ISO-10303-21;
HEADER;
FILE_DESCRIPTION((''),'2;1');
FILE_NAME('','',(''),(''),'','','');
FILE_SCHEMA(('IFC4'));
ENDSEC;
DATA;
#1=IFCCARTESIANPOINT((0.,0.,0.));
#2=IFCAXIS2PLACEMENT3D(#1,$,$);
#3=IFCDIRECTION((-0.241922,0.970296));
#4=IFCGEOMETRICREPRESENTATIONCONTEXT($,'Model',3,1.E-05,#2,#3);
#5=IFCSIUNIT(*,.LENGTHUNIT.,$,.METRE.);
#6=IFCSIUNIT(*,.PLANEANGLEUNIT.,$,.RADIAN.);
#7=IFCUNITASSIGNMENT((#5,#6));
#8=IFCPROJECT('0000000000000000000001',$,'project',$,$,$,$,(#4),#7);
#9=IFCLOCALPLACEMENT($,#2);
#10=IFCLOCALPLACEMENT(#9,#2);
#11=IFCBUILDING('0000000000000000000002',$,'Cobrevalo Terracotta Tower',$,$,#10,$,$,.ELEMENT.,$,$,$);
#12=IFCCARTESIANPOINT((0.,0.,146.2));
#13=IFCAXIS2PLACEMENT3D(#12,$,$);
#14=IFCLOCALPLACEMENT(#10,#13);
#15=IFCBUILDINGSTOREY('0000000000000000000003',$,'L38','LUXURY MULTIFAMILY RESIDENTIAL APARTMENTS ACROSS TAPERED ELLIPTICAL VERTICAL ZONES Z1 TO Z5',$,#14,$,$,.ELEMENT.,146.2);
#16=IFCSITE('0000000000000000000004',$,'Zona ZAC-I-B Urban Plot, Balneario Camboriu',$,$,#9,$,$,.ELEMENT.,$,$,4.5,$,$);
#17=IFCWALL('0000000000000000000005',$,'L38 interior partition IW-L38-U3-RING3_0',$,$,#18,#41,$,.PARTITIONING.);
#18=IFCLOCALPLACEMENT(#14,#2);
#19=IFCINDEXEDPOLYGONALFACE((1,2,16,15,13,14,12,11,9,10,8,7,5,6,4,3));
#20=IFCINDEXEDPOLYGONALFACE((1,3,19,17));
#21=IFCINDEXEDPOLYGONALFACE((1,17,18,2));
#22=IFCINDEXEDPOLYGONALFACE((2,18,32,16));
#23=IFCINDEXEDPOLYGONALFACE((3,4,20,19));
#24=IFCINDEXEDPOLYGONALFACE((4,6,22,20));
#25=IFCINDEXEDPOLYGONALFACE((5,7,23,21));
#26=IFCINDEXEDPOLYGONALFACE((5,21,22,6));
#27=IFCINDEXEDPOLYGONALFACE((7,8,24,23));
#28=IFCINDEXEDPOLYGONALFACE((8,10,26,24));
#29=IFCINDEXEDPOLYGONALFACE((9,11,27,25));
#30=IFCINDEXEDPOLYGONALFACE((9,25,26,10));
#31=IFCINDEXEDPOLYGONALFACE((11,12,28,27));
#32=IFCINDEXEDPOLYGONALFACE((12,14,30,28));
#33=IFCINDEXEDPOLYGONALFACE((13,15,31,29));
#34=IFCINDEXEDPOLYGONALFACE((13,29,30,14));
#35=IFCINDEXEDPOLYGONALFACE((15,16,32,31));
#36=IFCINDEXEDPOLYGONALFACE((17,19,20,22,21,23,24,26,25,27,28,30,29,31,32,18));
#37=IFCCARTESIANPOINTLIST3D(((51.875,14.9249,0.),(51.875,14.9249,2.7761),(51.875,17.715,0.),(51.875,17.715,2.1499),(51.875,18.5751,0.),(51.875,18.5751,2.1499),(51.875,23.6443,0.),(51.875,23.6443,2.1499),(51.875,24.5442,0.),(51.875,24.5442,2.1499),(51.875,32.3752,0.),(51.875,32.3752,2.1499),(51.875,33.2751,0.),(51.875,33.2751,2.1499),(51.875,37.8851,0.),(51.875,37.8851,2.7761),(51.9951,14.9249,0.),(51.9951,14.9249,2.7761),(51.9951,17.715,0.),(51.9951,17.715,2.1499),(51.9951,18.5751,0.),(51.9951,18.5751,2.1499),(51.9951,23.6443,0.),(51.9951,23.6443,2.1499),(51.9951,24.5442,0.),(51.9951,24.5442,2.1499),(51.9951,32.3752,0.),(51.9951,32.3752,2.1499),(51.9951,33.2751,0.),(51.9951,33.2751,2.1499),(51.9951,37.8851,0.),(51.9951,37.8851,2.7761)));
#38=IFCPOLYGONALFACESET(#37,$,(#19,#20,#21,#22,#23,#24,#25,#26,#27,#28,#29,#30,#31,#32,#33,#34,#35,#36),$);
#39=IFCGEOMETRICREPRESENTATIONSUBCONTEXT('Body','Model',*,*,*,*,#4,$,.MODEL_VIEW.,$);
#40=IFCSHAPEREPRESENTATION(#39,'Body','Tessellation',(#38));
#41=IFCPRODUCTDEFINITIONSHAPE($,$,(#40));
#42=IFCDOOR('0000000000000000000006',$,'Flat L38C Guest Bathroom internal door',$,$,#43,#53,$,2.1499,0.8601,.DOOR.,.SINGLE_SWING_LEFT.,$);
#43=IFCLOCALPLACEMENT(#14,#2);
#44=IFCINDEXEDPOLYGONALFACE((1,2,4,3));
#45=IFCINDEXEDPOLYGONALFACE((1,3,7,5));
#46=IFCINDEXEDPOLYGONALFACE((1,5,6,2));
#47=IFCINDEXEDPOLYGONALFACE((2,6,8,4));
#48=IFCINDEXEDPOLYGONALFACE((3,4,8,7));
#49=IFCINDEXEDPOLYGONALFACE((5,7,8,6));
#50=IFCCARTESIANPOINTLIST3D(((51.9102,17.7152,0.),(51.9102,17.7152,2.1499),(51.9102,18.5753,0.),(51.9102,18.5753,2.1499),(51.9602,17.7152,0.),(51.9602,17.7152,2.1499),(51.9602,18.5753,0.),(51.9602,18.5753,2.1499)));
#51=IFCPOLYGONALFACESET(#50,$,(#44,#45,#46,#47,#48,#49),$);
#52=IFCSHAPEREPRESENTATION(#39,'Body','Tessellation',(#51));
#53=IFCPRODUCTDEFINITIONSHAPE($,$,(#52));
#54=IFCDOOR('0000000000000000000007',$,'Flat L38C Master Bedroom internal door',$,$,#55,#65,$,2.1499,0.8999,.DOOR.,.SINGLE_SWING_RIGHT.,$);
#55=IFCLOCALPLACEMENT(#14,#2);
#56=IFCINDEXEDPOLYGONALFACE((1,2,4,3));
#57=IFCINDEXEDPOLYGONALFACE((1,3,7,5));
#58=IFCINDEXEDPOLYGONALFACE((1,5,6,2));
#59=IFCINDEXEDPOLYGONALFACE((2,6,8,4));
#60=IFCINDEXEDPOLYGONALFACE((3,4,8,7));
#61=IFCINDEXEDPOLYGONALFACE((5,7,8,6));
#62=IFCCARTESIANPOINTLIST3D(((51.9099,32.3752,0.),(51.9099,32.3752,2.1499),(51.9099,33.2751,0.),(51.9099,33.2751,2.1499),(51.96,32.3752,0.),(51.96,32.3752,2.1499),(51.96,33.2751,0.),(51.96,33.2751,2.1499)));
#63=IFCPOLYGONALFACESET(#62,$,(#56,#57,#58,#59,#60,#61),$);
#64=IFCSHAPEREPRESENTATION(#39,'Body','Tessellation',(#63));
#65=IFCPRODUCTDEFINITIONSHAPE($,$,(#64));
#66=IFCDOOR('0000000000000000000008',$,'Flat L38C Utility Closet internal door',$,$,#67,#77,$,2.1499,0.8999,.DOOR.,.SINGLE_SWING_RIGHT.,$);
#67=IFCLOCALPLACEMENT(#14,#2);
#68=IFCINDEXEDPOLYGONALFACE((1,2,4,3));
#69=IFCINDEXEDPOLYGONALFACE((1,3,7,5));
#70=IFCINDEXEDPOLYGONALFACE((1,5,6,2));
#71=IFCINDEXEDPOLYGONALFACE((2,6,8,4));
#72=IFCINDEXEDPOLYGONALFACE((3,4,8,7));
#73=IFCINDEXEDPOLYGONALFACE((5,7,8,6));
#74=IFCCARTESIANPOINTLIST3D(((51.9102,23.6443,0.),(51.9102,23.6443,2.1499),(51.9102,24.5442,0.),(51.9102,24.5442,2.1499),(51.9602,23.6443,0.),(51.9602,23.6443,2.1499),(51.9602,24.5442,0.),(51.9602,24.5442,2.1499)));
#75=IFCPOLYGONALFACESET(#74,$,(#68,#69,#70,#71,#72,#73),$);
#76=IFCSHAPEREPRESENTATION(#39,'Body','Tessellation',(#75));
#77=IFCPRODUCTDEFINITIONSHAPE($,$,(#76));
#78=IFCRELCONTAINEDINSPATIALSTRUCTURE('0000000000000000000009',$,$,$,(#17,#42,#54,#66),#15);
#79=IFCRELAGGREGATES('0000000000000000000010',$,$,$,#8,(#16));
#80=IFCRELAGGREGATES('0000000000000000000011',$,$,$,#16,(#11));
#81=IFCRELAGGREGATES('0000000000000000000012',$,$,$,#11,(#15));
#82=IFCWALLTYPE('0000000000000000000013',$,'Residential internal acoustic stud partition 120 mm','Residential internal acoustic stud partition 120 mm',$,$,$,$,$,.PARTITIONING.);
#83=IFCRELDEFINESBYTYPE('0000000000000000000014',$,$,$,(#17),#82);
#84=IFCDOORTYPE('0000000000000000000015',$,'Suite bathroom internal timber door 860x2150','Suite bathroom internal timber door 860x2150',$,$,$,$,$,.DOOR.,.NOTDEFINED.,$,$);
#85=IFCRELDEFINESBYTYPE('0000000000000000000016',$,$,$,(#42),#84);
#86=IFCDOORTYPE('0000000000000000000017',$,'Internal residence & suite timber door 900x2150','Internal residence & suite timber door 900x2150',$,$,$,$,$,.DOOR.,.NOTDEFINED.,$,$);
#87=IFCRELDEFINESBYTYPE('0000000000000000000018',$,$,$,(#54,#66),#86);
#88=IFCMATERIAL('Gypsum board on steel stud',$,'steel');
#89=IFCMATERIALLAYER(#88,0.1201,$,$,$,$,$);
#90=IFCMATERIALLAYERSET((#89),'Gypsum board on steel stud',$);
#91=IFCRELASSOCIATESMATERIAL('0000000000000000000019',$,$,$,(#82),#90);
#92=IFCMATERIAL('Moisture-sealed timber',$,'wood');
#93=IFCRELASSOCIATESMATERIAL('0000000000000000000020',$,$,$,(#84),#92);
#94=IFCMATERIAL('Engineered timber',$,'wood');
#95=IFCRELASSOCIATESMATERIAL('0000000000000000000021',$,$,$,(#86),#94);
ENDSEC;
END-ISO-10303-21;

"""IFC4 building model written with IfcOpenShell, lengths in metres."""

from ifc_helpers import new_model, si_unit, direction, frame, frame_2d, origin, place, context, subcontext, project, spatial, rectangle, extrude, source, transform, mapped, material, layer, layer_set, type_object, element, fill, save


model = new_model("IFC4")

# Units and contexts
model_context = context("Model", 3, precision=1e-05, world=origin(), true_north=direction((-0.241922, 0.970296)))
body_context = subcontext(model_context, "Body", "Model", "MODEL_VIEW")
ifc_project = project(units=[si_unit("LENGTHUNIT", "METRE"), si_unit("PLANEANGLEUNIT", "RADIAN")], contexts=[model_context])

# Site, building, storey
site_placement = place(None, origin())
site = spatial("IfcSite", under=ifc_project, at=site_placement, Name="Zona ZAC-I-B Urban Plot, Balneario Camboriu", CompositionType="ELEMENT", RefElevation=4.5)
building_placement = place(site_placement, origin())
building = spatial("IfcBuilding", under=site, at=building_placement, Name="Cobrevalo Terracotta Tower", CompositionType="ELEMENT")
storey_placement = place(building_placement, frame((0.0, 0.0, 146.2)))
storey = spatial("IfcBuildingStorey", under=building, at=storey_placement, Name="L38", Description="LUXURY MULTIFAMILY RESIDENTIAL APARTMENTS ACROSS TAPERED ELLIPTICAL VERTICAL ZONES Z1 TO Z5", CompositionType="ELEMENT", Elevation=146.2)

# Wall, openings, doors
ifc_material_1 = material(Name="Gypsum board on steel stud", Category="steel")
ifc_layer_1 = layer(ifc_material_1, 0.1201)
ifc_layer_set_1 = layer_set([ifc_layer_1], Name="Gypsum board on steel stud")
wall_type_1 = type_object("IfcWallType", Name="Residential internal acoustic stud partition 120 mm", Description="Residential internal acoustic stud partition 120 mm", PredefinedType="PARTITIONING", material=ifc_layer_set_1)
wall_1_placement = place(storey_placement, frame((51.9351, 37.885, 0.0), z_axis=(0.0, 0.0, 1.0), x_axis=(0.0, -1.0, 0.0)))
wall_1 = element("IfcWall", 1, at=wall_1_placement, inside=storey, type_object=wall_type_1, Name="L38 interior partition IW-L38-U3-RING3_0", PredefinedType="PARTITIONING", context=body_context, shape_type="SweptSolid", body=[
    extrude(rectangle(XDim=22.9602, YDim=0.1201, at=frame_2d((11.48, 0.0))), origin(), (0.0, 0.0, 1.0), 2.7761),
])
opening_1_placement = place(wall_1_placement, frame((4.6099, 0.0, 0.0)))
opening_1 = element("IfcOpeningElement", 2, at=opening_1_placement, cuts=wall_1, PredefinedType="OPENING", context=body_context, shape_type="SweptSolid", body=[
    extrude(rectangle(XDim=0.8999, YDim=2.1499, at=frame_2d((0.45, 1.075))), frame((0.0, 0.0701, 0.0), z_axis=(0.0, -1.0, 0.0), x_axis=(1.0, 0.0, 0.0)), (0.0, 0.0, 1.0), 0.1401),
])
opening_2_placement = place(wall_1_placement, frame((19.3098, 0.0, 0.0)))
opening_2 = element("IfcOpeningElement", 3, at=opening_2_placement, cuts=wall_1, PredefinedType="OPENING", context=body_context, shape_type="SweptSolid", body=[
    extrude(rectangle(XDim=0.8601, YDim=2.1499, at=frame_2d((0.4302, 1.075))), frame((0.0, 0.0701, 0.0), z_axis=(0.0, -1.0, 0.0), x_axis=(1.0, 0.0, 0.0)), (0.0, 0.0, 1.0), 0.1401),
])
opening_3_placement = place(wall_1_placement, frame((13.3408, 0.0, 0.0)))
opening_3 = element("IfcOpeningElement", 4, at=opening_3_placement, cuts=wall_1, PredefinedType="OPENING", context=body_context, shape_type="SweptSolid", body=[
    extrude(rectangle(XDim=0.8999, YDim=2.1499, at=frame_2d((0.45, 1.075))), frame((0.0, 0.0701, 0.0), z_axis=(0.0, -1.0, 0.0), x_axis=(1.0, 0.0, 0.0)), (0.0, 0.0, 1.0), 0.1401),
])
ifc_material_2 = material(Name="Moisture-sealed timber", Category="wood")
door_type_1 = type_object("IfcDoorType", Name="Suite bathroom internal timber door 860x2150", Description="Suite bathroom internal timber door 860x2150", OperationType="NOTDEFINED", PredefinedType="DOOR", material=ifc_material_2)
shared_shape_1 = source(origin(), body_context, "Body", "SweptSolid", [
    extrude(rectangle(XDim=0.8601, YDim=2.1499, at=frame_2d((0.4302, 1.075))), frame((0.0, 0.0249, 0.0), z_axis=(0.0, -1.0, 0.0), x_axis=(1.0, 0.0, 0.0)), (0.0, 0.0, 1.0), 0.05),
])
door_1_placement = place(opening_2_placement, frame((0.8601, 0.0, 0.0), z_axis=(0.0, 0.0, 1.0), x_axis=(-1.0, 0.0, 0.0)))
door_1 = element("IfcDoor", 5, at=door_1_placement, inside=storey, type_object=door_type_1, Name="Flat L38C Guest Bathroom internal door", OperationType="SINGLE_SWING_LEFT", OverallHeight=2.1499, OverallWidth=0.8601, PredefinedType="DOOR", context=body_context, shape_type="MappedRepresentation", body=[
    mapped(shared_shape_1, transform((0.0, 0.0, 0.0), scale=1.0)),
])
fill(opening_2, door_1)
ifc_material_3 = material(Name="Engineered timber", Category="wood")
door_type_2 = type_object("IfcDoorType", Name="Internal residence & suite timber door 900x2150", Description="Internal residence & suite timber door 900x2150", OperationType="NOTDEFINED", PredefinedType="DOOR", material=ifc_material_3)
shared_shape_2 = source(origin(), body_context, "Body", "SweptSolid", [
    extrude(rectangle(XDim=0.8999, YDim=2.1499, at=frame_2d((0.45, 1.075))), frame((0.0, 0.0249, 0.0), z_axis=(0.0, -1.0, 0.0), x_axis=(1.0, 0.0, 0.0)), (0.0, 0.0, 1.0), 0.05),
])
door_2_placement = place(opening_1_placement, origin())
door_2 = element("IfcDoor", 6, at=door_2_placement, inside=storey, type_object=door_type_2, Name="Flat L38C Master Bedroom internal door", OperationType="SINGLE_SWING_RIGHT", OverallHeight=2.1499, OverallWidth=0.8999, PredefinedType="DOOR", context=body_context, shape_type="MappedRepresentation", body=[
    mapped(shared_shape_2, transform((0.0, 0.0, 0.0), scale=1.0)),
])
fill(opening_1, door_2)
door_3_placement = place(opening_3_placement, frame((0.8999, 0.0, 0.0), z_axis=(0.0, 0.0, 1.0), x_axis=(-1.0, 0.0, 0.0)))
door_3 = element("IfcDoor", 7, at=door_3_placement, inside=storey, type_object=door_type_2, Name="Flat L38C Utility Closet internal door", OperationType="SINGLE_SWING_RIGHT", OverallHeight=2.1499, OverallWidth=0.8999, PredefinedType="DOOR", context=body_context, shape_type="MappedRepresentation", body=[
    mapped(shared_shape_2, transform((0.0, 0.0, 0.0), scale=1.0)),
])
fill(opening_3, door_3)

save(model, "model.ifc")
